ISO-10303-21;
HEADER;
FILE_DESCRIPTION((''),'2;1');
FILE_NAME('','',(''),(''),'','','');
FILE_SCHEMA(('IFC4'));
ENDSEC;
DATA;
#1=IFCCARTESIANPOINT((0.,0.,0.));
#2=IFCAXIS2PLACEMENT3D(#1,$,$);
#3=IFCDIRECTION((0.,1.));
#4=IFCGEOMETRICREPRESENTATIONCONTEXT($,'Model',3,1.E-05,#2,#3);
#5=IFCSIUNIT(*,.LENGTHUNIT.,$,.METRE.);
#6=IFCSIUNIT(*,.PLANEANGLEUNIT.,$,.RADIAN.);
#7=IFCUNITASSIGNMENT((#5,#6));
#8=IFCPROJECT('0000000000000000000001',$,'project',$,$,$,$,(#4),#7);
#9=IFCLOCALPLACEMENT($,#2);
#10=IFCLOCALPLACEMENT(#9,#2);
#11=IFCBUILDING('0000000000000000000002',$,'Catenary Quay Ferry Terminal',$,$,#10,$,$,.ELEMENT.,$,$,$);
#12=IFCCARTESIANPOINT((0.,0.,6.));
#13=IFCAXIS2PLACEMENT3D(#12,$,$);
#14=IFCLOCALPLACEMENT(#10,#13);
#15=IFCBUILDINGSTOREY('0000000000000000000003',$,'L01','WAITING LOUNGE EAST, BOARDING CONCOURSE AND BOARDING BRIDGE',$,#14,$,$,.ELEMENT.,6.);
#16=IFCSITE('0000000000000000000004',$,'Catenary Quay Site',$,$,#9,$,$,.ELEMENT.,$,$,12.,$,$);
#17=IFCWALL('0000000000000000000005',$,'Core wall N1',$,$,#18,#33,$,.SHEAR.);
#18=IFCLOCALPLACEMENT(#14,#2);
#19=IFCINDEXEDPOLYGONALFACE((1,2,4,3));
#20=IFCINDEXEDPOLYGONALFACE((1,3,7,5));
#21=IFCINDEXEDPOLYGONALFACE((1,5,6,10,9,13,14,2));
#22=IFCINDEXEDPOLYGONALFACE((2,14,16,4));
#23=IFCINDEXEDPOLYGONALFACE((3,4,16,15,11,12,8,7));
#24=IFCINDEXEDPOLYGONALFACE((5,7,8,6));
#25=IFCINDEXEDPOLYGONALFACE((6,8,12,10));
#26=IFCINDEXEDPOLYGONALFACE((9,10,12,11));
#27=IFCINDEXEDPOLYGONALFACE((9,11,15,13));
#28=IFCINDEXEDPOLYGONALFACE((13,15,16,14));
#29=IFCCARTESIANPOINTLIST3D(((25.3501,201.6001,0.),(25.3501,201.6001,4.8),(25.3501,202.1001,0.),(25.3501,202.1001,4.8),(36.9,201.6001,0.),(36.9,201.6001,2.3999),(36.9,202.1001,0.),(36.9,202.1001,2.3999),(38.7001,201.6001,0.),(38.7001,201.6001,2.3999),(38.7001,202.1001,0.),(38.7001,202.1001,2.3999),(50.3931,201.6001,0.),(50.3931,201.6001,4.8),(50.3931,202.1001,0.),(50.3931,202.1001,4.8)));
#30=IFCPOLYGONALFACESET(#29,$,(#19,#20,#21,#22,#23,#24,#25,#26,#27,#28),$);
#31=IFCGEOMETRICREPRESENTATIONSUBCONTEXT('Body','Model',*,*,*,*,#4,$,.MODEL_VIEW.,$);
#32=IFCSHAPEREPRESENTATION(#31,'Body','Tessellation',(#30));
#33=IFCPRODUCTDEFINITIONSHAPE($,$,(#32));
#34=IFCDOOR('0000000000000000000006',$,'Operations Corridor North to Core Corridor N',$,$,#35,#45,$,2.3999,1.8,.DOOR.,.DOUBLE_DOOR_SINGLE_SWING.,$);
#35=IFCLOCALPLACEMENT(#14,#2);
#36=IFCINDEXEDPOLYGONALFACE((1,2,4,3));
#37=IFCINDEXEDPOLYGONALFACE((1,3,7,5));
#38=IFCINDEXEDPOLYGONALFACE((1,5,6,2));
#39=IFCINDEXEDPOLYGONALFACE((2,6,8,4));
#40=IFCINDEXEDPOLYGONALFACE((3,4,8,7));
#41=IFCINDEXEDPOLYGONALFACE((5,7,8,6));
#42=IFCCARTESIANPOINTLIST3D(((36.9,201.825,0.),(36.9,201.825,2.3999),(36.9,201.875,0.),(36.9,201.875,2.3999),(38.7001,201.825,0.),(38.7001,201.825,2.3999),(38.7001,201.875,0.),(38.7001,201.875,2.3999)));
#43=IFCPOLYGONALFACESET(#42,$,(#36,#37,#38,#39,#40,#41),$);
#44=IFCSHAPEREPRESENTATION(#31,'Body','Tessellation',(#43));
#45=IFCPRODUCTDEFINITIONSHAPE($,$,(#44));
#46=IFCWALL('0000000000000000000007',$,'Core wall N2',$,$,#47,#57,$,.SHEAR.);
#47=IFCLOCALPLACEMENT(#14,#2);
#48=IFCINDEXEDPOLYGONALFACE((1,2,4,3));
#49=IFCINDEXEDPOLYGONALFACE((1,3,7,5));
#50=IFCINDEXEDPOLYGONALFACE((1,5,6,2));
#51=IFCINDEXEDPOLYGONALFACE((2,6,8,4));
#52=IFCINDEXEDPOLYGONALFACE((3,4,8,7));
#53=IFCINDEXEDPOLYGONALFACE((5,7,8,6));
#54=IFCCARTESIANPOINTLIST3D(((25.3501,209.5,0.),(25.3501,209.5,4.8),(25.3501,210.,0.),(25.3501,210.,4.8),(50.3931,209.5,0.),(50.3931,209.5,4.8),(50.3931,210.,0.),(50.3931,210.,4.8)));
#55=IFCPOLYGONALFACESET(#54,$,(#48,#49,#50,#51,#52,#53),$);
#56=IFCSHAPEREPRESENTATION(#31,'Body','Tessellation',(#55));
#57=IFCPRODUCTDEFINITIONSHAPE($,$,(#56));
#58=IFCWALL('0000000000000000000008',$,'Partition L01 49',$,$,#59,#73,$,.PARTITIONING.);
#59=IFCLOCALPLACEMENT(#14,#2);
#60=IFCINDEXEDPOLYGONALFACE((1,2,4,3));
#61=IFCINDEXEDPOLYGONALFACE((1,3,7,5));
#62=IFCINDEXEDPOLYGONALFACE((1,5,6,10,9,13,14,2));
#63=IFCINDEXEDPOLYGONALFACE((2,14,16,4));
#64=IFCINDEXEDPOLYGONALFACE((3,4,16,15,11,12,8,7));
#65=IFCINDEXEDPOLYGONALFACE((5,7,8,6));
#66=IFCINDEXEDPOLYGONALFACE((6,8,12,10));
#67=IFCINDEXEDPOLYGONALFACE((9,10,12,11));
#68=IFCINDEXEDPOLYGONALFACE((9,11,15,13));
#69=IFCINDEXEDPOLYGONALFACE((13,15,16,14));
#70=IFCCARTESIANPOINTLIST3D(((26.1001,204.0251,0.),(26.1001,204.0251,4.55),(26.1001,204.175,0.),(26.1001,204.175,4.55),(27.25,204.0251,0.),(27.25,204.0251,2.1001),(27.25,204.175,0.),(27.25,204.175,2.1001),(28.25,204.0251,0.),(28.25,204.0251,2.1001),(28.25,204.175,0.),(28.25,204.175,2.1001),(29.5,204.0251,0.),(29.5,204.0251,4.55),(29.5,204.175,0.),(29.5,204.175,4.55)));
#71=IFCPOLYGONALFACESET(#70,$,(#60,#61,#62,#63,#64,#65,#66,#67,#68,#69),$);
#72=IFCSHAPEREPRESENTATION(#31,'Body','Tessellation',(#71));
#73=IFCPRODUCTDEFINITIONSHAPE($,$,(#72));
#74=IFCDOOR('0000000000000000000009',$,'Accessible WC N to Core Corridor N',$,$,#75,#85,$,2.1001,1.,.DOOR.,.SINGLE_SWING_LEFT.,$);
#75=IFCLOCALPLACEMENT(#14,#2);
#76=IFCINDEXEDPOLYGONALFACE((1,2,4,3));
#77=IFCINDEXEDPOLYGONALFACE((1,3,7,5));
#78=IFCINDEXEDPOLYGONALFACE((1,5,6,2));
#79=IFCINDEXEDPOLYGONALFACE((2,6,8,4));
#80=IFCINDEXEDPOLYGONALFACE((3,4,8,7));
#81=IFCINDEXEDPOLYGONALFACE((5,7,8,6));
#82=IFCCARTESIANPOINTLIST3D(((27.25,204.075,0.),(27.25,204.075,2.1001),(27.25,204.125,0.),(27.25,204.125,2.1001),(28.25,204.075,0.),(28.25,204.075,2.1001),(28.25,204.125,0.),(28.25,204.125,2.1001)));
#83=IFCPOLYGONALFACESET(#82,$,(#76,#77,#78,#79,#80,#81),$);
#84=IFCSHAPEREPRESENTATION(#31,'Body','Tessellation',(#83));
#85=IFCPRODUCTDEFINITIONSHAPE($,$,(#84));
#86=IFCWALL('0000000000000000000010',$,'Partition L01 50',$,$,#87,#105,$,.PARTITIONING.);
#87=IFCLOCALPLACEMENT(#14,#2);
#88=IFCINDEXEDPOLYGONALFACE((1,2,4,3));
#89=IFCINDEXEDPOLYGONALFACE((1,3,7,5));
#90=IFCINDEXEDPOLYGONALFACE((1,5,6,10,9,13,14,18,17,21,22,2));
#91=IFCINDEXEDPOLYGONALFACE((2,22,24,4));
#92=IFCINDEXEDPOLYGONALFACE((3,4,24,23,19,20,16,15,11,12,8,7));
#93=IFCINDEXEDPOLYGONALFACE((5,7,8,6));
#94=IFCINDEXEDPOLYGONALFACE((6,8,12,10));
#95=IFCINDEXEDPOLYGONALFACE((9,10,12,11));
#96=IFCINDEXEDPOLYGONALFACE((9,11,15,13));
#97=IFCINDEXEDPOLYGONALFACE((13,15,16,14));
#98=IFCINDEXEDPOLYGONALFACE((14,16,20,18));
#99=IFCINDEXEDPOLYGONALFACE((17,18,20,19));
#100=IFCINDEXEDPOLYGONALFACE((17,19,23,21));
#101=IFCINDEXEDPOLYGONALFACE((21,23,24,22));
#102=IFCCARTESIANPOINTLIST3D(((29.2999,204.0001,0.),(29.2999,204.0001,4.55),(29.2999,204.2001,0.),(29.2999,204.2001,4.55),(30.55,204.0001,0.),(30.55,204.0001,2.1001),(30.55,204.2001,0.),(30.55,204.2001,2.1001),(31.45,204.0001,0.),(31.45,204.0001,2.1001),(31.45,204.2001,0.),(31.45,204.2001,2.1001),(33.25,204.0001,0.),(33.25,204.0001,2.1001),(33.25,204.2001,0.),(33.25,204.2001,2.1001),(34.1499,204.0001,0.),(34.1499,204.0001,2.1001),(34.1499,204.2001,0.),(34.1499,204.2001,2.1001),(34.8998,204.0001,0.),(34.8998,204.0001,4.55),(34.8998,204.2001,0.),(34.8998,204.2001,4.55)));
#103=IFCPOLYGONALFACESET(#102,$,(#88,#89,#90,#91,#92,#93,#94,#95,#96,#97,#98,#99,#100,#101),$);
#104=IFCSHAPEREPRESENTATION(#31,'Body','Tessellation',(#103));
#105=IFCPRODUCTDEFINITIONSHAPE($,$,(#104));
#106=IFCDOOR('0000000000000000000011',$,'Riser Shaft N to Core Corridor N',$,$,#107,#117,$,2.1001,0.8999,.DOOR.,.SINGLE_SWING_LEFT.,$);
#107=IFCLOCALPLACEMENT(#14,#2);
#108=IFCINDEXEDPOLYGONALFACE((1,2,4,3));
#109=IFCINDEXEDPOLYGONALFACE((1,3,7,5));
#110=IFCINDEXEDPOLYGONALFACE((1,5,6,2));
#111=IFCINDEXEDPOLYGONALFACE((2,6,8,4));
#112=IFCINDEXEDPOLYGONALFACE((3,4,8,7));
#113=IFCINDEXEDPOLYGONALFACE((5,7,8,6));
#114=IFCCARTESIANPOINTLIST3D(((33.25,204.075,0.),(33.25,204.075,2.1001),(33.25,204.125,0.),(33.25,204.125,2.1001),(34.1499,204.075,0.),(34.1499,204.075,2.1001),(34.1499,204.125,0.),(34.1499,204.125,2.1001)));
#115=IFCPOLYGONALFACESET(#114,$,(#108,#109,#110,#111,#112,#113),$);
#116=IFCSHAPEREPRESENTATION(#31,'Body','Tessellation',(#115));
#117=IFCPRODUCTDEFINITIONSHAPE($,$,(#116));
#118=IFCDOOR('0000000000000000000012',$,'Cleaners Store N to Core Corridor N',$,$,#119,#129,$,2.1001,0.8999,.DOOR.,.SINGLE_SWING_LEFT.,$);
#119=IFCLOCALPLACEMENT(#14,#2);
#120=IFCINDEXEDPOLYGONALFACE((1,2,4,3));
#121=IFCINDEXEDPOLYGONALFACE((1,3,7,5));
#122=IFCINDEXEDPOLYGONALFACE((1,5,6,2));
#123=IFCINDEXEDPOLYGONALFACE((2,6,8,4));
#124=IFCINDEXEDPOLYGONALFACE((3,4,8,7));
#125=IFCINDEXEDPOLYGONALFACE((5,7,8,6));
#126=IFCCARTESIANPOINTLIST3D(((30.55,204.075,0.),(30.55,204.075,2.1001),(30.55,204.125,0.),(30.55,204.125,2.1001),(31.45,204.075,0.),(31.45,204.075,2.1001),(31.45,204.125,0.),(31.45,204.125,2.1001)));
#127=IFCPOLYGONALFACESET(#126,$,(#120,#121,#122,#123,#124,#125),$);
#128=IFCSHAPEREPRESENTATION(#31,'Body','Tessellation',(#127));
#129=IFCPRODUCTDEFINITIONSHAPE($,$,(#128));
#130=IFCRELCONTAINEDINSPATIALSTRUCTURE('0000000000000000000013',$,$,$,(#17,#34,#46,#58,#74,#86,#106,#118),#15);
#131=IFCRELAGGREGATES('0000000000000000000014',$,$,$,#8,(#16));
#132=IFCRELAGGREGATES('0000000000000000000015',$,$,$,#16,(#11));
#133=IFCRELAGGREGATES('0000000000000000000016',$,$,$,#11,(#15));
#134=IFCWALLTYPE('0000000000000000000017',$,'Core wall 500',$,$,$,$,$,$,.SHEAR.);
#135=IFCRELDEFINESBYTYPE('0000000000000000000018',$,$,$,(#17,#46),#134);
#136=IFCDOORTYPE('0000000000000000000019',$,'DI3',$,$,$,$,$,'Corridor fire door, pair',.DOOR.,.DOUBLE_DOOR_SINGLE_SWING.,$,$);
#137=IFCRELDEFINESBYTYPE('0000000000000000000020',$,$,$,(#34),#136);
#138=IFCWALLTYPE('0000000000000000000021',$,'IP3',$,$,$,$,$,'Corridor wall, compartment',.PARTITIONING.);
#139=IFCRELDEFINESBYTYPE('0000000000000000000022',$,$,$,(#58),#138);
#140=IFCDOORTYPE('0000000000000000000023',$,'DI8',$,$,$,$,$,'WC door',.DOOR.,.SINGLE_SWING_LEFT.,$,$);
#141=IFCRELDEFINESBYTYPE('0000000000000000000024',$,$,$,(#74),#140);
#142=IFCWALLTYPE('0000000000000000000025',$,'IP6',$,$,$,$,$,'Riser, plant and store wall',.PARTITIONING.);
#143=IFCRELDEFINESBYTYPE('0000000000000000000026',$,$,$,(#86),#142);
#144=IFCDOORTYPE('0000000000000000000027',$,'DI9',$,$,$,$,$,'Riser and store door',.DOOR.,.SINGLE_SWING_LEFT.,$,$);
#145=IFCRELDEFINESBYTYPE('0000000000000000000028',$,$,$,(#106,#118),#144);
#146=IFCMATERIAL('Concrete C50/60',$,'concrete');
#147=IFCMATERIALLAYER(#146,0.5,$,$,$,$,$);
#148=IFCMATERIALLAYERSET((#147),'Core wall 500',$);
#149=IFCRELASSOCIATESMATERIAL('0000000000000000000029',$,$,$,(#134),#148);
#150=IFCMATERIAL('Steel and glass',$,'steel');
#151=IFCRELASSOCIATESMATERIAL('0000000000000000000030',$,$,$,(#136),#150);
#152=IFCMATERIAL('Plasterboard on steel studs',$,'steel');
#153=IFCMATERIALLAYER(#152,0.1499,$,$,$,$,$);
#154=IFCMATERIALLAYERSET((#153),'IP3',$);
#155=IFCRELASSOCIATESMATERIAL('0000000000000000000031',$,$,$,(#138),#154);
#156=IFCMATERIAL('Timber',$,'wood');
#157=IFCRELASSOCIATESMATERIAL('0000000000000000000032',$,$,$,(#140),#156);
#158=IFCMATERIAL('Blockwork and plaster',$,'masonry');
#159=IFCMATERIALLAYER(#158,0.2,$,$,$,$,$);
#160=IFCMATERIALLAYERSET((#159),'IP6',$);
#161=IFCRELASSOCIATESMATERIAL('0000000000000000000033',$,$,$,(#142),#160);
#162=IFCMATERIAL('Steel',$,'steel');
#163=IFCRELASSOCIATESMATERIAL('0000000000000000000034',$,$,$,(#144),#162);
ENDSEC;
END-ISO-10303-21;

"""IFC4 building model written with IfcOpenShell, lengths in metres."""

from ifc_helpers import new_model, si_unit, direction, frame, frame_2d, origin, place, context, subcontext, project, spatial, rectangle, extrude, material, layer, layer_set, type_object, element, fill, save


model = new_model("IFC4")

# Units and contexts
model_context = context("Model", 3, precision=1e-05, world=origin(), true_north=direction((0.0, 1.0)))
body_context = subcontext(model_context, "Body", "Model", "MODEL_VIEW")
ifc_project = project(units=[si_unit("LENGTHUNIT", "METRE"), si_unit("PLANEANGLEUNIT", "RADIAN")], contexts=[model_context])

# Site, building, storey
site_placement = place(None, origin())
site = spatial("IfcSite", under=ifc_project, at=site_placement, Name="Catenary Quay Site", CompositionType="ELEMENT", RefElevation=12.0)
building_placement = place(site_placement, origin())
building = spatial("IfcBuilding", under=site, at=building_placement, Name="Catenary Quay Ferry Terminal", CompositionType="ELEMENT")
storey_placement = place(building_placement, frame((0.0, 0.0, 6.0)))
storey = spatial("IfcBuildingStorey", under=building, at=storey_placement, Name="L01", Description="WAITING LOUNGE EAST, BOARDING CONCOURSE AND BOARDING BRIDGE", CompositionType="ELEMENT", Elevation=6.0)

# Wall, opening, door
ifc_material_1 = material(Name="Concrete C50/60", Category="concrete")
ifc_layer_1 = layer(ifc_material_1, 0.5)
ifc_layer_set_1 = layer_set([ifc_layer_1], Name="Core wall 500")
wall_type_1 = type_object("IfcWallType", Name="Core wall 500", PredefinedType="SHEAR", material=ifc_layer_set_1)
wall_1_placement = place(storey_placement, frame((25.3501, 201.8501, 0.0), z_axis=(0.0, 0.0, 1.0), x_axis=(1.0, 0.0, 0.0)))
wall_1 = element("IfcWall", 1, at=wall_1_placement, inside=storey, type_object=wall_type_1, Name="Core wall N1", PredefinedType="SHEAR", context=body_context, shape_type="SweptSolid", body=[
    extrude(rectangle(XDim=25.043, YDim=0.5, at=frame_2d((12.5215, 0.0))), origin(), (0.0, 0.0, 1.0), 4.8),
])
opening_1_placement = place(wall_1_placement, frame((11.55, 0.0, 0.0)))
opening_1 = element("IfcOpeningElement", 2, at=opening_1_placement, cuts=wall_1, PredefinedType="OPENING", context=body_context, shape_type="SweptSolid", body=[
    extrude(rectangle(XDim=1.8, YDim=2.3999, at=frame_2d((0.8999, 1.2))), frame((0.0, 0.26, 0.0), z_axis=(0.0, -1.0, 0.0), x_axis=(1.0, 0.0, 0.0)), (0.0, 0.0, 1.0), 0.52),
])
ifc_material_2 = material(Name="Steel and glass", Category="steel")
door_type_1 = type_object("IfcDoorType", Name="DI3", ElementType="Corridor fire door, pair", OperationType="DOUBLE_DOOR_SINGLE_SWING", PredefinedType="DOOR", material=ifc_material_2)
door_1_placement = place(opening_1_placement, origin())
door_1 = element("IfcDoor", 3, at=door_1_placement, inside=storey, type_object=door_type_1, Name="Operations Corridor North to Core Corridor N", OperationType="DOUBLE_DOOR_SINGLE_SWING", OverallHeight=2.3999, OverallWidth=1.8, PredefinedType="DOOR", context=body_context, shape_type="SweptSolid", body=[
    extrude(rectangle(XDim=1.8, YDim=2.3999, at=frame_2d((0.8999, 1.2))), frame((0.0, 0.0249, 0.0), z_axis=(0.0, -1.0, 0.0), x_axis=(1.0, 0.0, 0.0)), (0.0, 0.0, 1.0), 0.05),
])
fill(opening_1, door_1)

# Wall
wall_2_placement = place(storey_placement, frame((25.3501, 209.75, 0.0), z_axis=(0.0, 0.0, 1.0), x_axis=(1.0, 0.0, 0.0)))
element("IfcWall", 4, at=wall_2_placement, inside=storey, type_object=wall_type_1, Name="Core wall N2", PredefinedType="SHEAR", context=body_context, shape_type="SweptSolid", body=[
    extrude(rectangle(XDim=25.043, YDim=0.5, at=frame_2d((12.5215, 0.0))), origin(), (0.0, 0.0, 1.0), 4.8),
])

# Wall, opening, door
ifc_material_3 = material(Name="Plasterboard on steel studs", Category="steel")
ifc_layer_2 = layer(ifc_material_3, 0.1499)
ifc_layer_set_2 = layer_set([ifc_layer_2], Name="IP3")
wall_type_2 = type_object("IfcWallType", Name="IP3", ElementType="Corridor wall, compartment", PredefinedType="PARTITIONING", material=ifc_layer_set_2)
wall_3_placement = place(storey_placement, frame((26.1001, 204.1001, 0.0), z_axis=(0.0, 0.0, 1.0), x_axis=(1.0, 0.0, 0.0)))
wall_3 = element("IfcWall", 5, at=wall_3_placement, inside=storey, type_object=wall_type_2, Name="Partition L01 49", PredefinedType="PARTITIONING", context=body_context, shape_type="SweptSolid", body=[
    extrude(rectangle(XDim=3.3999, YDim=0.1499, at=frame_2d((1.7, 0.0))), origin(), (0.0, 0.0, 1.0), 4.55),
])
opening_2_placement = place(wall_3_placement, frame((1.1499, 0.0, 0.0)))
opening_2 = element("IfcOpeningElement", 6, at=opening_2_placement, cuts=wall_3, PredefinedType="OPENING", context=body_context, shape_type="SweptSolid", body=[
    extrude(rectangle(XDim=1.0, YDim=2.1001, at=frame_2d((0.5, 1.05))), frame((0.0, 0.085, 0.0), z_axis=(0.0, -1.0, 0.0), x_axis=(1.0, 0.0, 0.0)), (0.0, 0.0, 1.0), 0.1699),
])
ifc_material_4 = material(Name="Timber", Category="wood")
door_type_2 = type_object("IfcDoorType", Name="DI8", ElementType="WC door", OperationType="SINGLE_SWING_LEFT", PredefinedType="DOOR", material=ifc_material_4)
door_2_placement = place(opening_2_placement, origin())
door_2 = element("IfcDoor", 7, at=door_2_placement, inside=storey, type_object=door_type_2, Name="Accessible WC N to Core Corridor N", OperationType="SINGLE_SWING_LEFT", OverallHeight=2.1001, OverallWidth=1.0, PredefinedType="DOOR", context=body_context, shape_type="SweptSolid", body=[
    extrude(rectangle(XDim=1.0, YDim=2.1001, at=frame_2d((0.5, 1.05))), frame((0.0, 0.0249, 0.0), z_axis=(0.0, -1.0, 0.0), x_axis=(1.0, 0.0, 0.0)), (0.0, 0.0, 1.0), 0.05),
])
fill(opening_2, door_2)

# Wall, openings, doors
ifc_material_5 = material(Name="Blockwork and plaster", Category="masonry")
ifc_layer_3 = layer(ifc_material_5, 0.2)
ifc_layer_set_3 = layer_set([ifc_layer_3], Name="IP6")
wall_type_3 = type_object("IfcWallType", Name="IP6", ElementType="Riser, plant and store wall", PredefinedType="PARTITIONING", material=ifc_layer_set_3)
wall_4_placement = place(storey_placement, frame((29.3, 204.1001, 0.0), z_axis=(0.0, 0.0, 1.0), x_axis=(1.0, 0.0, 0.0)))
wall_4 = element("IfcWall", 8, at=wall_4_placement, inside=storey, type_object=wall_type_3, Name="Partition L01 50", PredefinedType="PARTITIONING", context=body_context, shape_type="SweptSolid", body=[
    extrude(rectangle(XDim=5.5999, YDim=0.2, at=frame_2d((2.7998, 0.0))), origin(), (0.0, 0.0, 1.0), 4.55),
])
opening_3_placement = place(wall_4_placement, frame((3.95, 0.0, 0.0)))
opening_3 = element("IfcOpeningElement", 9, at=opening_3_placement, cuts=wall_4, PredefinedType="OPENING", context=body_context, shape_type="SweptSolid", body=[
    extrude(rectangle(XDim=0.8999, YDim=2.1001, at=frame_2d((0.45, 1.05))), frame((0.0, 0.1099, 0.0), z_axis=(0.0, -1.0, 0.0), x_axis=(1.0, 0.0, 0.0)), (0.0, 0.0, 1.0), 0.22),
])
opening_4_placement = place(wall_4_placement, frame((1.25, 0.0, 0.0)))
opening_4 = element("IfcOpeningElement", 10, at=opening_4_placement, cuts=wall_4, PredefinedType="OPENING", context=body_context, shape_type="SweptSolid", body=[
    extrude(rectangle(XDim=0.8999, YDim=2.1001, at=frame_2d((0.45, 1.05))), frame((0.0, 0.1099, 0.0), z_axis=(0.0, -1.0, 0.0), x_axis=(1.0, 0.0, 0.0)), (0.0, 0.0, 1.0), 0.22),
])
ifc_material_6 = material(Name="Steel", Category="steel")
door_type_3 = type_object("IfcDoorType", Name="DI9", ElementType="Riser and store door", OperationType="SINGLE_SWING_LEFT", PredefinedType="DOOR", material=ifc_material_6)
door_3_placement = place(opening_3_placement, origin())
door_3 = element("IfcDoor", 11, at=door_3_placement, inside=storey, type_object=door_type_3, Name="Riser Shaft N to Core Corridor N", OperationType="SINGLE_SWING_LEFT", OverallHeight=2.1001, OverallWidth=0.8999, PredefinedType="DOOR", context=body_context, shape_type="SweptSolid", body=[
    extrude(rectangle(XDim=0.8999, YDim=2.1001, at=frame_2d((0.45, 1.05))), frame((0.0, 0.0249, 0.0), z_axis=(0.0, -1.0, 0.0), x_axis=(1.0, 0.0, 0.0)), (0.0, 0.0, 1.0), 0.05),
])
fill(opening_3, door_3)
door_4_placement = place(opening_4_placement, origin())
door_4 = element("IfcDoor", 12, at=door_4_placement, inside=storey, type_object=door_type_3, Name="Cleaners Store N to Core Corridor N", OperationType="SINGLE_SWING_LEFT", OverallHeight=2.1001, OverallWidth=0.8999, PredefinedType="DOOR", context=body_context, shape_type="SweptSolid", body=[
    extrude(rectangle(XDim=0.8999, YDim=2.1001, at=frame_2d((0.45, 1.05))), frame((0.0, 0.0249, 0.0), z_axis=(0.0, -1.0, 0.0), x_axis=(1.0, 0.0, 0.0)), (0.0, 0.0, 1.0), 0.05),
])
fill(opening_4, door_4)

save(model, "model.ifc")
